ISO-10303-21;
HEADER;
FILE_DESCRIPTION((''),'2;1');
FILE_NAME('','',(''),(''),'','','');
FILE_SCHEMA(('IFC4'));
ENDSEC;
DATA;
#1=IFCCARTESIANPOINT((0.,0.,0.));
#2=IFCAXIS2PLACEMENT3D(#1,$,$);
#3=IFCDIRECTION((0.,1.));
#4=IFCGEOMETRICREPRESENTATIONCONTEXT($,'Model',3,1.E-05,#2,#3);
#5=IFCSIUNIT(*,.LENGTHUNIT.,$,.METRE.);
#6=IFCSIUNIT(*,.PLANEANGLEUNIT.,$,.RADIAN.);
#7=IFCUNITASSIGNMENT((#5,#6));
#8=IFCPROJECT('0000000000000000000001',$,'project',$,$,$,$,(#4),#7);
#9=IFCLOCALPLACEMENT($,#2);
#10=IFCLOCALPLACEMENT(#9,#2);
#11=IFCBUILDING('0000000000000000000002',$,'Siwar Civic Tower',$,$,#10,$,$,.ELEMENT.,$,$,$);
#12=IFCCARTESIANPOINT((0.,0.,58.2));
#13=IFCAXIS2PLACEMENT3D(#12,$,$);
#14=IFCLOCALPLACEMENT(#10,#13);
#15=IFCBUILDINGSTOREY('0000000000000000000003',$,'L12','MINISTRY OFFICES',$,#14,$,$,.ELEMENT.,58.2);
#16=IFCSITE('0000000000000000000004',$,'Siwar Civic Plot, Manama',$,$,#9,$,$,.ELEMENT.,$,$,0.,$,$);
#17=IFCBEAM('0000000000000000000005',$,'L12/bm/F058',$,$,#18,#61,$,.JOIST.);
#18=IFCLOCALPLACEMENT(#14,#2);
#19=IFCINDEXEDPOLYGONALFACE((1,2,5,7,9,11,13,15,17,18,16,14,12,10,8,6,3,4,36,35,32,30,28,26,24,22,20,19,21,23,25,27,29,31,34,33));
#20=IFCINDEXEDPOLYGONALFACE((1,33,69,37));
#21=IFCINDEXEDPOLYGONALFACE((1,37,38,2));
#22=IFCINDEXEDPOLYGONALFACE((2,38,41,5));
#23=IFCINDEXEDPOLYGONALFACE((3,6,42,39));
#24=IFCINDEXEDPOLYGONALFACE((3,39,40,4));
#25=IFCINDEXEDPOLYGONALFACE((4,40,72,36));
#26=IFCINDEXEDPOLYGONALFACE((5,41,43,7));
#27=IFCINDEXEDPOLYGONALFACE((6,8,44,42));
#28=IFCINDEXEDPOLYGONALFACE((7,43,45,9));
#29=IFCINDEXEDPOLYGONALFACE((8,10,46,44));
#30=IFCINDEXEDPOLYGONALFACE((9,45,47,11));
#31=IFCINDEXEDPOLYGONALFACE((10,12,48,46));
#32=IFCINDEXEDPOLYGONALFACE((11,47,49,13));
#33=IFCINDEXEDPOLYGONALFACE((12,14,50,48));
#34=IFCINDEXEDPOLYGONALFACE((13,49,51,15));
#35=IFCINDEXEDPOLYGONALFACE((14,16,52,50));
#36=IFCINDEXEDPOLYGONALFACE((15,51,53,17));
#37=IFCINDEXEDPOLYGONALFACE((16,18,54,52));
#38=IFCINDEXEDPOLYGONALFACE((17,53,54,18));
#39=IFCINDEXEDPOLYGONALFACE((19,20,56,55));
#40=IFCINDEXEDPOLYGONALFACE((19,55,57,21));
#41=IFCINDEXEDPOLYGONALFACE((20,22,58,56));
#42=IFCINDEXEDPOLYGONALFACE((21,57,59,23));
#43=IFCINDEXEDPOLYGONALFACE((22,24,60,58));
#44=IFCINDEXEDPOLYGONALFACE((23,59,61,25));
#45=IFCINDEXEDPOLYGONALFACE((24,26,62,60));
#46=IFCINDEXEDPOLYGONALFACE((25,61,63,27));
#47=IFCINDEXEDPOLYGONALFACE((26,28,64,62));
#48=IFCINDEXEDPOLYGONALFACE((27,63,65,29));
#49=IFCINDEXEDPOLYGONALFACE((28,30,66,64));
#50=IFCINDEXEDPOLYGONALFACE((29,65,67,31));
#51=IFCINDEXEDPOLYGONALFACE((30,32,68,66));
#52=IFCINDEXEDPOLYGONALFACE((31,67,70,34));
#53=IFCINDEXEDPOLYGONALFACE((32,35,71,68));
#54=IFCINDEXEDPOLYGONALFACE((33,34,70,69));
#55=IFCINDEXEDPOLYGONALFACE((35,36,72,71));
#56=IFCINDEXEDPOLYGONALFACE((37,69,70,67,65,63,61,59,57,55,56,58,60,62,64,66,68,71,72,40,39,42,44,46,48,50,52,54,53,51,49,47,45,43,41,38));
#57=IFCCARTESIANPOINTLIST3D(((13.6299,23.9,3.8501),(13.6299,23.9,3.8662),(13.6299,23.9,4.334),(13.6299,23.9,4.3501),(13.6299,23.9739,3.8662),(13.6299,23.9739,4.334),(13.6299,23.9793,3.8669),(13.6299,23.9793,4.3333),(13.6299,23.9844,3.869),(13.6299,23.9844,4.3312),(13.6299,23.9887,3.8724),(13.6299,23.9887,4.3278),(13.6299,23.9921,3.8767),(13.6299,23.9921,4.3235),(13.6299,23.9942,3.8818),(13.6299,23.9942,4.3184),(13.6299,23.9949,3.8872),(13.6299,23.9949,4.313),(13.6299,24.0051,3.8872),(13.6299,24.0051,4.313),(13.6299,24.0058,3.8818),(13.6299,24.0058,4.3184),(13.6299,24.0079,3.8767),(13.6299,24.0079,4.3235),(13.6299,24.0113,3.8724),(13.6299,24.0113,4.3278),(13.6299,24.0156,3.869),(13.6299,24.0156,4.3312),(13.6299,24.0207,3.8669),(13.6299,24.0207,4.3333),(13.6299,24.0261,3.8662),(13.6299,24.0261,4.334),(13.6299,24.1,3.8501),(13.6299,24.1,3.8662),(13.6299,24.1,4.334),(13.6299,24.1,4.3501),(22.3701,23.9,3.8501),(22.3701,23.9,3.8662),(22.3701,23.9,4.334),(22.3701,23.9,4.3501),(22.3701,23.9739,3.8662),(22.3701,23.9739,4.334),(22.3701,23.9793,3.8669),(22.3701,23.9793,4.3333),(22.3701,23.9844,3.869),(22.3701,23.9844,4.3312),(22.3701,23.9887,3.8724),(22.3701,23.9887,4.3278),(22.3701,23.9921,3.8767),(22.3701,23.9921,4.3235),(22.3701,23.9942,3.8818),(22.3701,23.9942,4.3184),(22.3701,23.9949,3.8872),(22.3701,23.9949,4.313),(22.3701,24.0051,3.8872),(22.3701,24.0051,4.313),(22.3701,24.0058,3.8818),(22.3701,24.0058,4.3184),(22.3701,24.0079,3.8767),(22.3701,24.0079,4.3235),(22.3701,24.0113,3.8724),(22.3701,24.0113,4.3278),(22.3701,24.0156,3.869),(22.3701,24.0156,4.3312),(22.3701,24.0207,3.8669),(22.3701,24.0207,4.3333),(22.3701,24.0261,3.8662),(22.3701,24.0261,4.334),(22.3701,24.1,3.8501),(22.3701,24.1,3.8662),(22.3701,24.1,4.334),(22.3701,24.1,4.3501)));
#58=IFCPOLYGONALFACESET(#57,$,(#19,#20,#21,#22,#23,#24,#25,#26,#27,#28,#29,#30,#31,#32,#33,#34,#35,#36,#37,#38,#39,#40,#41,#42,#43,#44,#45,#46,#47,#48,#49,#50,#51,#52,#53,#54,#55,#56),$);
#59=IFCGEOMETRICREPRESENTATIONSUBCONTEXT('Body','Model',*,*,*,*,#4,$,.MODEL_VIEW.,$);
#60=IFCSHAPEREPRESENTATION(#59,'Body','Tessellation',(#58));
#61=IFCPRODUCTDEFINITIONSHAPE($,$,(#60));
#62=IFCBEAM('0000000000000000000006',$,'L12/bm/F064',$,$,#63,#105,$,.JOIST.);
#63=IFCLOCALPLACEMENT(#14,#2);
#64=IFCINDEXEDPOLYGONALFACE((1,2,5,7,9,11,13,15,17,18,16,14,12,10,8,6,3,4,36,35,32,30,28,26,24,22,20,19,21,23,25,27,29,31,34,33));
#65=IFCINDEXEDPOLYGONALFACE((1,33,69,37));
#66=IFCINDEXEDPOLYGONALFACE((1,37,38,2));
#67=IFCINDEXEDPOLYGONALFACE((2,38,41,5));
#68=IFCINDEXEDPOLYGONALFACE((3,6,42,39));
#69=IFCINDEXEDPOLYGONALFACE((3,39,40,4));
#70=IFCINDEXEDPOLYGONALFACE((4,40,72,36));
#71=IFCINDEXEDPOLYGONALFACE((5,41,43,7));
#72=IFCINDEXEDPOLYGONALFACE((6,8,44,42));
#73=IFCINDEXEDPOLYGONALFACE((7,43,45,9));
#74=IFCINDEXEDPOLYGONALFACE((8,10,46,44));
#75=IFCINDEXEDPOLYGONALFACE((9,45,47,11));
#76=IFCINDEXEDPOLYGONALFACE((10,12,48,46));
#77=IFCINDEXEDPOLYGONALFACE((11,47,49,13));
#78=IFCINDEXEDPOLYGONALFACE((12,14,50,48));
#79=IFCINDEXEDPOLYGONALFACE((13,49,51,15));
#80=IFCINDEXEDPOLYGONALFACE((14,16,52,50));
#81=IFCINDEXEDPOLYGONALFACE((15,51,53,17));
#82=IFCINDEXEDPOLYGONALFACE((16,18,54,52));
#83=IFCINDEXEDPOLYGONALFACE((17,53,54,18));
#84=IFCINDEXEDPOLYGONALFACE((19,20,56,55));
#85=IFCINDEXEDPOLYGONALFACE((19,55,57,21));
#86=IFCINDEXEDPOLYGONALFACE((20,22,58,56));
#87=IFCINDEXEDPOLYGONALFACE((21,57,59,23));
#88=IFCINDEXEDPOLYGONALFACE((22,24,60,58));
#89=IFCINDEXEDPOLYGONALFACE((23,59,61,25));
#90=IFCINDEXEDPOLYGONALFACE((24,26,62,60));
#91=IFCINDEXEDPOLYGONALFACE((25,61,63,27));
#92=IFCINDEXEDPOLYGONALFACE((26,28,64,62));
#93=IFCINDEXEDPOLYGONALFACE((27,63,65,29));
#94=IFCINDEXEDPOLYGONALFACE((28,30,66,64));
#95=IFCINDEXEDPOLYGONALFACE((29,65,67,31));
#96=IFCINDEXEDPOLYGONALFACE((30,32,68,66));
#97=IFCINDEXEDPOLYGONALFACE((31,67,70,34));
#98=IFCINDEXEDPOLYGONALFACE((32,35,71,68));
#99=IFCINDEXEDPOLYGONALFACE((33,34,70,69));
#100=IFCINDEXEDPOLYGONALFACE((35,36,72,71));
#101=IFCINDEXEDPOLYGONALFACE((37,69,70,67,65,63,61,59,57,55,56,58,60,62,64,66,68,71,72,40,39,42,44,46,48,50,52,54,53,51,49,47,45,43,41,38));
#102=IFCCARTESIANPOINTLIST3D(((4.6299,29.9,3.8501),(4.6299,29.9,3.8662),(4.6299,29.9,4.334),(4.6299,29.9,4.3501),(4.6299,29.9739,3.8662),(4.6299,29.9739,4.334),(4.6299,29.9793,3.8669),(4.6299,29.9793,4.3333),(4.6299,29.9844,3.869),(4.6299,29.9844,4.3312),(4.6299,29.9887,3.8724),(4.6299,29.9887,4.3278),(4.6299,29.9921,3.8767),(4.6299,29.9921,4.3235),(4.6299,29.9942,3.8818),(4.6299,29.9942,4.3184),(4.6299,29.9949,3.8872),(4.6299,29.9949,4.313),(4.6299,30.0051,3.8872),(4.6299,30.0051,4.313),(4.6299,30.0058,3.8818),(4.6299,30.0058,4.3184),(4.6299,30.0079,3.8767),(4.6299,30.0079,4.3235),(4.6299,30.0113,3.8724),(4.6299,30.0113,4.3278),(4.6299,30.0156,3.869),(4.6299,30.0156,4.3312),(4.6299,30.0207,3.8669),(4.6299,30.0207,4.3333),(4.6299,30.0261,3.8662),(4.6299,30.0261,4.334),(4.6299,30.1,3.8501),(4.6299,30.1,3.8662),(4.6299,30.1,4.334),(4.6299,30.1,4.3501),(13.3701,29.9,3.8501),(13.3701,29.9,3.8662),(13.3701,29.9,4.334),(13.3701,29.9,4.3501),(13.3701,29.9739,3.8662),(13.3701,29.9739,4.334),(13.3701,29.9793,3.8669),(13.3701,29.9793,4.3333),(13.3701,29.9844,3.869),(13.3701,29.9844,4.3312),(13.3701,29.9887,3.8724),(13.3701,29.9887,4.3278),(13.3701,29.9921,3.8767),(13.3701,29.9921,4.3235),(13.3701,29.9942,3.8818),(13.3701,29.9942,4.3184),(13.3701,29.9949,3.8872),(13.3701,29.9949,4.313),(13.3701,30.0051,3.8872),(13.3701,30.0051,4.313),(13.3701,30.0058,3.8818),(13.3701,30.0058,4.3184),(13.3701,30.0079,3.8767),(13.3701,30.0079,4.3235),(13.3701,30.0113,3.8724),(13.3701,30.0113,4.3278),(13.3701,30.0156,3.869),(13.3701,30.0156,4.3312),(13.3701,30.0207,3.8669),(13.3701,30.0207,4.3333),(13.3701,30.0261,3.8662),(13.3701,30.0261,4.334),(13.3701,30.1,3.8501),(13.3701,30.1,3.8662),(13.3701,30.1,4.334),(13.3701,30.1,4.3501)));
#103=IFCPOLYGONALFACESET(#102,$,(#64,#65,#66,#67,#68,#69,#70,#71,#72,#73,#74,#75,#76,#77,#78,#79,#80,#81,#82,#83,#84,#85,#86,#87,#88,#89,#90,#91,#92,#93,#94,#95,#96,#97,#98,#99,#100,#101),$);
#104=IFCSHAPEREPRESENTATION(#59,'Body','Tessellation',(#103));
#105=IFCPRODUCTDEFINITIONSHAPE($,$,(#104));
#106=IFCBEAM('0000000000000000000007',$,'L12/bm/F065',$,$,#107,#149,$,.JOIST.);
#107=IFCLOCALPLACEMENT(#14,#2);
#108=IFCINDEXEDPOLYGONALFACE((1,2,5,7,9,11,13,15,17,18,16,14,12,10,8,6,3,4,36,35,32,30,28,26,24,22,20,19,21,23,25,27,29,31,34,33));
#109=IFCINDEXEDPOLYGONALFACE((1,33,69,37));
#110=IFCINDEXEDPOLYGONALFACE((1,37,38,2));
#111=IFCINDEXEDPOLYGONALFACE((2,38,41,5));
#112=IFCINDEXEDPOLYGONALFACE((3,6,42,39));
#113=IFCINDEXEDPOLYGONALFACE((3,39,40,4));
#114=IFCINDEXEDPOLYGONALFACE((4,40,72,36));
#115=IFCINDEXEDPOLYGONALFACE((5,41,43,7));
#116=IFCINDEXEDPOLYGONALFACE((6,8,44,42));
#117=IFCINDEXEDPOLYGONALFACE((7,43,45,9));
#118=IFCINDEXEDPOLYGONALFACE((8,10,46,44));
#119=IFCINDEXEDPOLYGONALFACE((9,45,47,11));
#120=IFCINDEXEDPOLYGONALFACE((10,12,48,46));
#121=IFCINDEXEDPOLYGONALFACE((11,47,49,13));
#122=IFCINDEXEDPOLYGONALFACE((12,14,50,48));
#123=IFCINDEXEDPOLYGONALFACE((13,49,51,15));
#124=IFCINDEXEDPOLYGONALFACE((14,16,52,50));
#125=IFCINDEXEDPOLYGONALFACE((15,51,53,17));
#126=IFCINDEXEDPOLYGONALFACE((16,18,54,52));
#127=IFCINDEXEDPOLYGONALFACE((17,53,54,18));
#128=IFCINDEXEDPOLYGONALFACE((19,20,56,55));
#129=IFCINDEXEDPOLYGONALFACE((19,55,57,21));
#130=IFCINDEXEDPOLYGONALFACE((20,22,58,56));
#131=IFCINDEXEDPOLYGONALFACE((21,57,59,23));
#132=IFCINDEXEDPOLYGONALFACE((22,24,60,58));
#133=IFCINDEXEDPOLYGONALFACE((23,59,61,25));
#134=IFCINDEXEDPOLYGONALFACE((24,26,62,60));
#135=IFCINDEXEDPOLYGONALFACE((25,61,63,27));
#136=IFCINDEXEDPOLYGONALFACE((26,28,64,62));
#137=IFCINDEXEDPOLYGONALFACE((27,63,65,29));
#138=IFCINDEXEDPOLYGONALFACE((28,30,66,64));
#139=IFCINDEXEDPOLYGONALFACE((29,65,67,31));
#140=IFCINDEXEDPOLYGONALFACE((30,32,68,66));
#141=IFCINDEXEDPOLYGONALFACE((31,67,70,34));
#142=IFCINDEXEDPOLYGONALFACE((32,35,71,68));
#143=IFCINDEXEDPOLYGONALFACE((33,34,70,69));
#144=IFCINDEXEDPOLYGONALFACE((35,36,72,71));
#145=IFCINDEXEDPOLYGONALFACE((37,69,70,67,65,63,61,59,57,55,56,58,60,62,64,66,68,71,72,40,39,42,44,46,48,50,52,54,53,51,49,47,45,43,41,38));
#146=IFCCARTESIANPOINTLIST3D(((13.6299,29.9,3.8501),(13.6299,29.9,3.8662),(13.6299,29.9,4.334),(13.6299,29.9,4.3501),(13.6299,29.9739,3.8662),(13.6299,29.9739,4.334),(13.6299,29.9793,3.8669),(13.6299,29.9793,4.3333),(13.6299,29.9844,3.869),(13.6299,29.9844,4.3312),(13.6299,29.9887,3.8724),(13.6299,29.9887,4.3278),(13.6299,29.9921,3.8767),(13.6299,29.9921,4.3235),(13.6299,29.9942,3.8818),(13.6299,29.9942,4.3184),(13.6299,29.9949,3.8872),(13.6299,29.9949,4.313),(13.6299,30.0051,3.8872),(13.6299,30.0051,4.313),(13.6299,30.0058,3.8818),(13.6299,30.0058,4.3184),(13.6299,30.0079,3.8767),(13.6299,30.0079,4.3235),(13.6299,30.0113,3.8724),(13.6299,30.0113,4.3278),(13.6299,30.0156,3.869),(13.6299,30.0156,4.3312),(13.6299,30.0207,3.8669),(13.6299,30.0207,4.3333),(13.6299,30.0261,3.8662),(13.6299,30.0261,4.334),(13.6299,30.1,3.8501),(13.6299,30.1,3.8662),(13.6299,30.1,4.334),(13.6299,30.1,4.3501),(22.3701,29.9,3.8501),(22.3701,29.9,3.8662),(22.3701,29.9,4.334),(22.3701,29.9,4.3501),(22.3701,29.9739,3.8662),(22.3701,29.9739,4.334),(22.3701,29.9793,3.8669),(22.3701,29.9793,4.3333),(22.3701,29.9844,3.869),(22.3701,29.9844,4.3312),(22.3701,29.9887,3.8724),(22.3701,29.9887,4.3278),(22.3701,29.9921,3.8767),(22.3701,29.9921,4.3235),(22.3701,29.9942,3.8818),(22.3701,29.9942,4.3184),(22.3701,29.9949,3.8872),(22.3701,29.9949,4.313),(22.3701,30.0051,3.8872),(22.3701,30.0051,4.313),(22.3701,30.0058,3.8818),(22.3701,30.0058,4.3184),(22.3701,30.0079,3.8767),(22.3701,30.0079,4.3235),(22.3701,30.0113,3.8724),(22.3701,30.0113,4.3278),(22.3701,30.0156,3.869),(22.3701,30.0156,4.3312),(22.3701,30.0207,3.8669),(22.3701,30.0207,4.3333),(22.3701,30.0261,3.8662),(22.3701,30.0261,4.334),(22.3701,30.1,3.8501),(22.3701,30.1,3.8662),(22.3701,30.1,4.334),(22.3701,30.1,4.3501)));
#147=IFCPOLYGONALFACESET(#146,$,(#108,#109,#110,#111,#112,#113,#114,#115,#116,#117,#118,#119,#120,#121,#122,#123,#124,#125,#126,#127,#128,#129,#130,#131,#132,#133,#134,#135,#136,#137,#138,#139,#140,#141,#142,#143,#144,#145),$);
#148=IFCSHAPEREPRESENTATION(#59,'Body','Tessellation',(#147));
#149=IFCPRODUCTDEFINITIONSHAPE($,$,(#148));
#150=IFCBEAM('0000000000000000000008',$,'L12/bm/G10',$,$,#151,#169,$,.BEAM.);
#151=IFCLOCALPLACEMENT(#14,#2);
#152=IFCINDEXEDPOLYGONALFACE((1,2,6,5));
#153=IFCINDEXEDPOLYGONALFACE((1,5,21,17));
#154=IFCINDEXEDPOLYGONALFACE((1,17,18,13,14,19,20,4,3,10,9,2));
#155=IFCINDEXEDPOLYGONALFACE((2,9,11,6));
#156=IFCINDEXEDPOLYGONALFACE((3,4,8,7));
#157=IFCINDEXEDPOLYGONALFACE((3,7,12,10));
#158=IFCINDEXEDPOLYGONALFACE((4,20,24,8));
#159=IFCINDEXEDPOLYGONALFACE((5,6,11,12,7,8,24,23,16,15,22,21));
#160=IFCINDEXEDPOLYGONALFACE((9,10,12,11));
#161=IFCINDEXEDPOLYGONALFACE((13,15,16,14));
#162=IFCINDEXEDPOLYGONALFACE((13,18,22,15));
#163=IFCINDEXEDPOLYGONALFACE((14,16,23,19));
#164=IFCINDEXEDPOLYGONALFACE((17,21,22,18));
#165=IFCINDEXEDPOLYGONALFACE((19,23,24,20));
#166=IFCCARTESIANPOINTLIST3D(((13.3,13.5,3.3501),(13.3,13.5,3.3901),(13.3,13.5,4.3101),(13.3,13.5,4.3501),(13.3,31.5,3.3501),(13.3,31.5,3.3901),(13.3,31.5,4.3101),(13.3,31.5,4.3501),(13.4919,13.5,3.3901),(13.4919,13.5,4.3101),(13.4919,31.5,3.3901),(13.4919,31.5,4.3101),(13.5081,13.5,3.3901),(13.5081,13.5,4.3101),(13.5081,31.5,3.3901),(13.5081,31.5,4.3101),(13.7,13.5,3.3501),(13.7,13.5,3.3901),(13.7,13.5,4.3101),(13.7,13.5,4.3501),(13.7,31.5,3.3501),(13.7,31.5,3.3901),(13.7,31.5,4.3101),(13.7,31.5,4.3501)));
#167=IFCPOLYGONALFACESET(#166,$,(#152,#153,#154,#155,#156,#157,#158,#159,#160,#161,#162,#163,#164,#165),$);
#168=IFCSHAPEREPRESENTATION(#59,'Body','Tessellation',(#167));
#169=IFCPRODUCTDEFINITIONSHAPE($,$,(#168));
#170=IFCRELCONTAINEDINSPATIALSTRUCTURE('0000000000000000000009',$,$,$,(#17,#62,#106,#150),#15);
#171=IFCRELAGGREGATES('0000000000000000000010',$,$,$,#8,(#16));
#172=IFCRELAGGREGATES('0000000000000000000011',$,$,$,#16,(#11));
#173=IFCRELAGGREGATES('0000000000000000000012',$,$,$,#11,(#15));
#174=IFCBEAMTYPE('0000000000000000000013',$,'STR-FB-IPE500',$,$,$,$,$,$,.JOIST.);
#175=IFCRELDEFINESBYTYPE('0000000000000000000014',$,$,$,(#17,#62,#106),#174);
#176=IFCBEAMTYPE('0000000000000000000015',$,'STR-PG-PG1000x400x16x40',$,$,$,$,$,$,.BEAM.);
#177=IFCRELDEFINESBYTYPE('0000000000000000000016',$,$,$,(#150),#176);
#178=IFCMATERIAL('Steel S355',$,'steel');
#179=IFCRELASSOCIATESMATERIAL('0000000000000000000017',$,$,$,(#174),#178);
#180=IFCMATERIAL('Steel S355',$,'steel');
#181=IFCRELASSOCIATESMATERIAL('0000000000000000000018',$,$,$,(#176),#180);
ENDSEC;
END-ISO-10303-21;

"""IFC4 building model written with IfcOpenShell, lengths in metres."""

from ifc_helpers import new_model, si_unit, direction, frame, origin, origin_2d, place, context, subcontext, project, spatial, i_section, extrude, material, material_profile, profile_set, type_object, element, save


model = new_model("IFC4")

# Units and contexts
model_context = context("Model", 3, precision=1e-05, world=origin(), true_north=direction((0.0, 1.0)))
body_context = subcontext(model_context, "Body", "Model", "MODEL_VIEW")
ifc_project = project(units=[si_unit("LENGTHUNIT", "METRE"), si_unit("PLANEANGLEUNIT", "RADIAN")], contexts=[model_context])

# Site, building, storey
site_placement = place(None, origin())
site = spatial("IfcSite", under=ifc_project, at=site_placement, Name="Siwar Civic Plot, Manama", CompositionType="ELEMENT", RefElevation=0.0)
building_placement = place(site_placement, origin())
building = spatial("IfcBuilding", under=site, at=building_placement, Name="Siwar Civic Tower", CompositionType="ELEMENT")
storey_placement = place(building_placement, frame((0.0, 0.0, 58.2)))
storey = spatial("IfcBuildingStorey", under=building, at=storey_placement, Name="L12", Description="MINISTRY OFFICES", CompositionType="ELEMENT", Elevation=58.2)

# Beams
ifc_material_1 = material(Name="Steel S355", Category="steel")
ifc_material_profile_1 = material_profile(ifc_material_1, i_section(OverallWidth=0.2, OverallDepth=0.5, WebThickness=0.0103, FlangeThickness=0.0161, FilletRadius=0.021, at=origin_2d()), Name="IPE500")
ifc_profile_set_1 = profile_set([ifc_material_profile_1], Name="Steel S355")
beam_type_1 = type_object("IfcBeamType", Name="STR-FB-IPE500", PredefinedType="JOIST", material=ifc_profile_set_1)
for number, where, z_axis, x_axis, name in (
    (1, (13.6299, 24.0, 4.1001), (1.0, 0.0, 0.0), (0.0, 1.0, 0.0), "L12/bm/F058"),
    (2, (4.6299, 30.0, 4.1001), (1.0, 0.0, 0.0), (0.0, 1.0, 0.0), "L12/bm/F064"),
    (3, (13.6299, 30.0, 4.1001), (1.0, 0.0, 0.0), (0.0, 1.0, 0.0), "L12/bm/F065"),
):
    element("IfcBeam", number, at=place(storey_placement, frame(where, z_axis=z_axis, x_axis=x_axis)), inside=storey, type_object=beam_type_1, Name=name, PredefinedType="JOIST", context=body_context, shape_type="SweptSolid", body=[
        extrude(i_section(OverallWidth=0.2, OverallDepth=0.5, WebThickness=0.0103, FlangeThickness=0.0161, FilletRadius=0.021, at=origin_2d()), origin(), (0.0, 0.0, 1.0), 8.7402),
    ])
ifc_material_2 = material(Name="Steel S355", Category="steel")
ifc_material_profile_2 = material_profile(ifc_material_2, i_section(OverallWidth=0.3999, OverallDepth=1.0, WebThickness=0.0161, FlangeThickness=0.04, at=origin_2d()), Name="PG1000x400x16x40")
ifc_profile_set_2 = profile_set([ifc_material_profile_2], Name="Steel S355")
beam_type_2 = type_object("IfcBeamType", Name="STR-PG-PG1000x400x16x40", PredefinedType="BEAM", material=ifc_profile_set_2)
beam_1_placement = place(storey_placement, frame((13.5, 13.5, 3.8501), z_axis=(0.0, 1.0, 0.0), x_axis=(-1.0, 0.0, 0.0)))
element("IfcBeam", 4, at=beam_1_placement, inside=storey, type_object=beam_type_2, Name="L12/bm/G10", PredefinedType="BEAM", context=body_context, shape_type="SweptSolid", body=[
    extrude(i_section(OverallWidth=0.3999, OverallDepth=1.0, WebThickness=0.0161, FlangeThickness=0.04, at=origin_2d()), origin(), (0.0, 0.0, 1.0), 18.0),
])

save(model, "model.ifc")
